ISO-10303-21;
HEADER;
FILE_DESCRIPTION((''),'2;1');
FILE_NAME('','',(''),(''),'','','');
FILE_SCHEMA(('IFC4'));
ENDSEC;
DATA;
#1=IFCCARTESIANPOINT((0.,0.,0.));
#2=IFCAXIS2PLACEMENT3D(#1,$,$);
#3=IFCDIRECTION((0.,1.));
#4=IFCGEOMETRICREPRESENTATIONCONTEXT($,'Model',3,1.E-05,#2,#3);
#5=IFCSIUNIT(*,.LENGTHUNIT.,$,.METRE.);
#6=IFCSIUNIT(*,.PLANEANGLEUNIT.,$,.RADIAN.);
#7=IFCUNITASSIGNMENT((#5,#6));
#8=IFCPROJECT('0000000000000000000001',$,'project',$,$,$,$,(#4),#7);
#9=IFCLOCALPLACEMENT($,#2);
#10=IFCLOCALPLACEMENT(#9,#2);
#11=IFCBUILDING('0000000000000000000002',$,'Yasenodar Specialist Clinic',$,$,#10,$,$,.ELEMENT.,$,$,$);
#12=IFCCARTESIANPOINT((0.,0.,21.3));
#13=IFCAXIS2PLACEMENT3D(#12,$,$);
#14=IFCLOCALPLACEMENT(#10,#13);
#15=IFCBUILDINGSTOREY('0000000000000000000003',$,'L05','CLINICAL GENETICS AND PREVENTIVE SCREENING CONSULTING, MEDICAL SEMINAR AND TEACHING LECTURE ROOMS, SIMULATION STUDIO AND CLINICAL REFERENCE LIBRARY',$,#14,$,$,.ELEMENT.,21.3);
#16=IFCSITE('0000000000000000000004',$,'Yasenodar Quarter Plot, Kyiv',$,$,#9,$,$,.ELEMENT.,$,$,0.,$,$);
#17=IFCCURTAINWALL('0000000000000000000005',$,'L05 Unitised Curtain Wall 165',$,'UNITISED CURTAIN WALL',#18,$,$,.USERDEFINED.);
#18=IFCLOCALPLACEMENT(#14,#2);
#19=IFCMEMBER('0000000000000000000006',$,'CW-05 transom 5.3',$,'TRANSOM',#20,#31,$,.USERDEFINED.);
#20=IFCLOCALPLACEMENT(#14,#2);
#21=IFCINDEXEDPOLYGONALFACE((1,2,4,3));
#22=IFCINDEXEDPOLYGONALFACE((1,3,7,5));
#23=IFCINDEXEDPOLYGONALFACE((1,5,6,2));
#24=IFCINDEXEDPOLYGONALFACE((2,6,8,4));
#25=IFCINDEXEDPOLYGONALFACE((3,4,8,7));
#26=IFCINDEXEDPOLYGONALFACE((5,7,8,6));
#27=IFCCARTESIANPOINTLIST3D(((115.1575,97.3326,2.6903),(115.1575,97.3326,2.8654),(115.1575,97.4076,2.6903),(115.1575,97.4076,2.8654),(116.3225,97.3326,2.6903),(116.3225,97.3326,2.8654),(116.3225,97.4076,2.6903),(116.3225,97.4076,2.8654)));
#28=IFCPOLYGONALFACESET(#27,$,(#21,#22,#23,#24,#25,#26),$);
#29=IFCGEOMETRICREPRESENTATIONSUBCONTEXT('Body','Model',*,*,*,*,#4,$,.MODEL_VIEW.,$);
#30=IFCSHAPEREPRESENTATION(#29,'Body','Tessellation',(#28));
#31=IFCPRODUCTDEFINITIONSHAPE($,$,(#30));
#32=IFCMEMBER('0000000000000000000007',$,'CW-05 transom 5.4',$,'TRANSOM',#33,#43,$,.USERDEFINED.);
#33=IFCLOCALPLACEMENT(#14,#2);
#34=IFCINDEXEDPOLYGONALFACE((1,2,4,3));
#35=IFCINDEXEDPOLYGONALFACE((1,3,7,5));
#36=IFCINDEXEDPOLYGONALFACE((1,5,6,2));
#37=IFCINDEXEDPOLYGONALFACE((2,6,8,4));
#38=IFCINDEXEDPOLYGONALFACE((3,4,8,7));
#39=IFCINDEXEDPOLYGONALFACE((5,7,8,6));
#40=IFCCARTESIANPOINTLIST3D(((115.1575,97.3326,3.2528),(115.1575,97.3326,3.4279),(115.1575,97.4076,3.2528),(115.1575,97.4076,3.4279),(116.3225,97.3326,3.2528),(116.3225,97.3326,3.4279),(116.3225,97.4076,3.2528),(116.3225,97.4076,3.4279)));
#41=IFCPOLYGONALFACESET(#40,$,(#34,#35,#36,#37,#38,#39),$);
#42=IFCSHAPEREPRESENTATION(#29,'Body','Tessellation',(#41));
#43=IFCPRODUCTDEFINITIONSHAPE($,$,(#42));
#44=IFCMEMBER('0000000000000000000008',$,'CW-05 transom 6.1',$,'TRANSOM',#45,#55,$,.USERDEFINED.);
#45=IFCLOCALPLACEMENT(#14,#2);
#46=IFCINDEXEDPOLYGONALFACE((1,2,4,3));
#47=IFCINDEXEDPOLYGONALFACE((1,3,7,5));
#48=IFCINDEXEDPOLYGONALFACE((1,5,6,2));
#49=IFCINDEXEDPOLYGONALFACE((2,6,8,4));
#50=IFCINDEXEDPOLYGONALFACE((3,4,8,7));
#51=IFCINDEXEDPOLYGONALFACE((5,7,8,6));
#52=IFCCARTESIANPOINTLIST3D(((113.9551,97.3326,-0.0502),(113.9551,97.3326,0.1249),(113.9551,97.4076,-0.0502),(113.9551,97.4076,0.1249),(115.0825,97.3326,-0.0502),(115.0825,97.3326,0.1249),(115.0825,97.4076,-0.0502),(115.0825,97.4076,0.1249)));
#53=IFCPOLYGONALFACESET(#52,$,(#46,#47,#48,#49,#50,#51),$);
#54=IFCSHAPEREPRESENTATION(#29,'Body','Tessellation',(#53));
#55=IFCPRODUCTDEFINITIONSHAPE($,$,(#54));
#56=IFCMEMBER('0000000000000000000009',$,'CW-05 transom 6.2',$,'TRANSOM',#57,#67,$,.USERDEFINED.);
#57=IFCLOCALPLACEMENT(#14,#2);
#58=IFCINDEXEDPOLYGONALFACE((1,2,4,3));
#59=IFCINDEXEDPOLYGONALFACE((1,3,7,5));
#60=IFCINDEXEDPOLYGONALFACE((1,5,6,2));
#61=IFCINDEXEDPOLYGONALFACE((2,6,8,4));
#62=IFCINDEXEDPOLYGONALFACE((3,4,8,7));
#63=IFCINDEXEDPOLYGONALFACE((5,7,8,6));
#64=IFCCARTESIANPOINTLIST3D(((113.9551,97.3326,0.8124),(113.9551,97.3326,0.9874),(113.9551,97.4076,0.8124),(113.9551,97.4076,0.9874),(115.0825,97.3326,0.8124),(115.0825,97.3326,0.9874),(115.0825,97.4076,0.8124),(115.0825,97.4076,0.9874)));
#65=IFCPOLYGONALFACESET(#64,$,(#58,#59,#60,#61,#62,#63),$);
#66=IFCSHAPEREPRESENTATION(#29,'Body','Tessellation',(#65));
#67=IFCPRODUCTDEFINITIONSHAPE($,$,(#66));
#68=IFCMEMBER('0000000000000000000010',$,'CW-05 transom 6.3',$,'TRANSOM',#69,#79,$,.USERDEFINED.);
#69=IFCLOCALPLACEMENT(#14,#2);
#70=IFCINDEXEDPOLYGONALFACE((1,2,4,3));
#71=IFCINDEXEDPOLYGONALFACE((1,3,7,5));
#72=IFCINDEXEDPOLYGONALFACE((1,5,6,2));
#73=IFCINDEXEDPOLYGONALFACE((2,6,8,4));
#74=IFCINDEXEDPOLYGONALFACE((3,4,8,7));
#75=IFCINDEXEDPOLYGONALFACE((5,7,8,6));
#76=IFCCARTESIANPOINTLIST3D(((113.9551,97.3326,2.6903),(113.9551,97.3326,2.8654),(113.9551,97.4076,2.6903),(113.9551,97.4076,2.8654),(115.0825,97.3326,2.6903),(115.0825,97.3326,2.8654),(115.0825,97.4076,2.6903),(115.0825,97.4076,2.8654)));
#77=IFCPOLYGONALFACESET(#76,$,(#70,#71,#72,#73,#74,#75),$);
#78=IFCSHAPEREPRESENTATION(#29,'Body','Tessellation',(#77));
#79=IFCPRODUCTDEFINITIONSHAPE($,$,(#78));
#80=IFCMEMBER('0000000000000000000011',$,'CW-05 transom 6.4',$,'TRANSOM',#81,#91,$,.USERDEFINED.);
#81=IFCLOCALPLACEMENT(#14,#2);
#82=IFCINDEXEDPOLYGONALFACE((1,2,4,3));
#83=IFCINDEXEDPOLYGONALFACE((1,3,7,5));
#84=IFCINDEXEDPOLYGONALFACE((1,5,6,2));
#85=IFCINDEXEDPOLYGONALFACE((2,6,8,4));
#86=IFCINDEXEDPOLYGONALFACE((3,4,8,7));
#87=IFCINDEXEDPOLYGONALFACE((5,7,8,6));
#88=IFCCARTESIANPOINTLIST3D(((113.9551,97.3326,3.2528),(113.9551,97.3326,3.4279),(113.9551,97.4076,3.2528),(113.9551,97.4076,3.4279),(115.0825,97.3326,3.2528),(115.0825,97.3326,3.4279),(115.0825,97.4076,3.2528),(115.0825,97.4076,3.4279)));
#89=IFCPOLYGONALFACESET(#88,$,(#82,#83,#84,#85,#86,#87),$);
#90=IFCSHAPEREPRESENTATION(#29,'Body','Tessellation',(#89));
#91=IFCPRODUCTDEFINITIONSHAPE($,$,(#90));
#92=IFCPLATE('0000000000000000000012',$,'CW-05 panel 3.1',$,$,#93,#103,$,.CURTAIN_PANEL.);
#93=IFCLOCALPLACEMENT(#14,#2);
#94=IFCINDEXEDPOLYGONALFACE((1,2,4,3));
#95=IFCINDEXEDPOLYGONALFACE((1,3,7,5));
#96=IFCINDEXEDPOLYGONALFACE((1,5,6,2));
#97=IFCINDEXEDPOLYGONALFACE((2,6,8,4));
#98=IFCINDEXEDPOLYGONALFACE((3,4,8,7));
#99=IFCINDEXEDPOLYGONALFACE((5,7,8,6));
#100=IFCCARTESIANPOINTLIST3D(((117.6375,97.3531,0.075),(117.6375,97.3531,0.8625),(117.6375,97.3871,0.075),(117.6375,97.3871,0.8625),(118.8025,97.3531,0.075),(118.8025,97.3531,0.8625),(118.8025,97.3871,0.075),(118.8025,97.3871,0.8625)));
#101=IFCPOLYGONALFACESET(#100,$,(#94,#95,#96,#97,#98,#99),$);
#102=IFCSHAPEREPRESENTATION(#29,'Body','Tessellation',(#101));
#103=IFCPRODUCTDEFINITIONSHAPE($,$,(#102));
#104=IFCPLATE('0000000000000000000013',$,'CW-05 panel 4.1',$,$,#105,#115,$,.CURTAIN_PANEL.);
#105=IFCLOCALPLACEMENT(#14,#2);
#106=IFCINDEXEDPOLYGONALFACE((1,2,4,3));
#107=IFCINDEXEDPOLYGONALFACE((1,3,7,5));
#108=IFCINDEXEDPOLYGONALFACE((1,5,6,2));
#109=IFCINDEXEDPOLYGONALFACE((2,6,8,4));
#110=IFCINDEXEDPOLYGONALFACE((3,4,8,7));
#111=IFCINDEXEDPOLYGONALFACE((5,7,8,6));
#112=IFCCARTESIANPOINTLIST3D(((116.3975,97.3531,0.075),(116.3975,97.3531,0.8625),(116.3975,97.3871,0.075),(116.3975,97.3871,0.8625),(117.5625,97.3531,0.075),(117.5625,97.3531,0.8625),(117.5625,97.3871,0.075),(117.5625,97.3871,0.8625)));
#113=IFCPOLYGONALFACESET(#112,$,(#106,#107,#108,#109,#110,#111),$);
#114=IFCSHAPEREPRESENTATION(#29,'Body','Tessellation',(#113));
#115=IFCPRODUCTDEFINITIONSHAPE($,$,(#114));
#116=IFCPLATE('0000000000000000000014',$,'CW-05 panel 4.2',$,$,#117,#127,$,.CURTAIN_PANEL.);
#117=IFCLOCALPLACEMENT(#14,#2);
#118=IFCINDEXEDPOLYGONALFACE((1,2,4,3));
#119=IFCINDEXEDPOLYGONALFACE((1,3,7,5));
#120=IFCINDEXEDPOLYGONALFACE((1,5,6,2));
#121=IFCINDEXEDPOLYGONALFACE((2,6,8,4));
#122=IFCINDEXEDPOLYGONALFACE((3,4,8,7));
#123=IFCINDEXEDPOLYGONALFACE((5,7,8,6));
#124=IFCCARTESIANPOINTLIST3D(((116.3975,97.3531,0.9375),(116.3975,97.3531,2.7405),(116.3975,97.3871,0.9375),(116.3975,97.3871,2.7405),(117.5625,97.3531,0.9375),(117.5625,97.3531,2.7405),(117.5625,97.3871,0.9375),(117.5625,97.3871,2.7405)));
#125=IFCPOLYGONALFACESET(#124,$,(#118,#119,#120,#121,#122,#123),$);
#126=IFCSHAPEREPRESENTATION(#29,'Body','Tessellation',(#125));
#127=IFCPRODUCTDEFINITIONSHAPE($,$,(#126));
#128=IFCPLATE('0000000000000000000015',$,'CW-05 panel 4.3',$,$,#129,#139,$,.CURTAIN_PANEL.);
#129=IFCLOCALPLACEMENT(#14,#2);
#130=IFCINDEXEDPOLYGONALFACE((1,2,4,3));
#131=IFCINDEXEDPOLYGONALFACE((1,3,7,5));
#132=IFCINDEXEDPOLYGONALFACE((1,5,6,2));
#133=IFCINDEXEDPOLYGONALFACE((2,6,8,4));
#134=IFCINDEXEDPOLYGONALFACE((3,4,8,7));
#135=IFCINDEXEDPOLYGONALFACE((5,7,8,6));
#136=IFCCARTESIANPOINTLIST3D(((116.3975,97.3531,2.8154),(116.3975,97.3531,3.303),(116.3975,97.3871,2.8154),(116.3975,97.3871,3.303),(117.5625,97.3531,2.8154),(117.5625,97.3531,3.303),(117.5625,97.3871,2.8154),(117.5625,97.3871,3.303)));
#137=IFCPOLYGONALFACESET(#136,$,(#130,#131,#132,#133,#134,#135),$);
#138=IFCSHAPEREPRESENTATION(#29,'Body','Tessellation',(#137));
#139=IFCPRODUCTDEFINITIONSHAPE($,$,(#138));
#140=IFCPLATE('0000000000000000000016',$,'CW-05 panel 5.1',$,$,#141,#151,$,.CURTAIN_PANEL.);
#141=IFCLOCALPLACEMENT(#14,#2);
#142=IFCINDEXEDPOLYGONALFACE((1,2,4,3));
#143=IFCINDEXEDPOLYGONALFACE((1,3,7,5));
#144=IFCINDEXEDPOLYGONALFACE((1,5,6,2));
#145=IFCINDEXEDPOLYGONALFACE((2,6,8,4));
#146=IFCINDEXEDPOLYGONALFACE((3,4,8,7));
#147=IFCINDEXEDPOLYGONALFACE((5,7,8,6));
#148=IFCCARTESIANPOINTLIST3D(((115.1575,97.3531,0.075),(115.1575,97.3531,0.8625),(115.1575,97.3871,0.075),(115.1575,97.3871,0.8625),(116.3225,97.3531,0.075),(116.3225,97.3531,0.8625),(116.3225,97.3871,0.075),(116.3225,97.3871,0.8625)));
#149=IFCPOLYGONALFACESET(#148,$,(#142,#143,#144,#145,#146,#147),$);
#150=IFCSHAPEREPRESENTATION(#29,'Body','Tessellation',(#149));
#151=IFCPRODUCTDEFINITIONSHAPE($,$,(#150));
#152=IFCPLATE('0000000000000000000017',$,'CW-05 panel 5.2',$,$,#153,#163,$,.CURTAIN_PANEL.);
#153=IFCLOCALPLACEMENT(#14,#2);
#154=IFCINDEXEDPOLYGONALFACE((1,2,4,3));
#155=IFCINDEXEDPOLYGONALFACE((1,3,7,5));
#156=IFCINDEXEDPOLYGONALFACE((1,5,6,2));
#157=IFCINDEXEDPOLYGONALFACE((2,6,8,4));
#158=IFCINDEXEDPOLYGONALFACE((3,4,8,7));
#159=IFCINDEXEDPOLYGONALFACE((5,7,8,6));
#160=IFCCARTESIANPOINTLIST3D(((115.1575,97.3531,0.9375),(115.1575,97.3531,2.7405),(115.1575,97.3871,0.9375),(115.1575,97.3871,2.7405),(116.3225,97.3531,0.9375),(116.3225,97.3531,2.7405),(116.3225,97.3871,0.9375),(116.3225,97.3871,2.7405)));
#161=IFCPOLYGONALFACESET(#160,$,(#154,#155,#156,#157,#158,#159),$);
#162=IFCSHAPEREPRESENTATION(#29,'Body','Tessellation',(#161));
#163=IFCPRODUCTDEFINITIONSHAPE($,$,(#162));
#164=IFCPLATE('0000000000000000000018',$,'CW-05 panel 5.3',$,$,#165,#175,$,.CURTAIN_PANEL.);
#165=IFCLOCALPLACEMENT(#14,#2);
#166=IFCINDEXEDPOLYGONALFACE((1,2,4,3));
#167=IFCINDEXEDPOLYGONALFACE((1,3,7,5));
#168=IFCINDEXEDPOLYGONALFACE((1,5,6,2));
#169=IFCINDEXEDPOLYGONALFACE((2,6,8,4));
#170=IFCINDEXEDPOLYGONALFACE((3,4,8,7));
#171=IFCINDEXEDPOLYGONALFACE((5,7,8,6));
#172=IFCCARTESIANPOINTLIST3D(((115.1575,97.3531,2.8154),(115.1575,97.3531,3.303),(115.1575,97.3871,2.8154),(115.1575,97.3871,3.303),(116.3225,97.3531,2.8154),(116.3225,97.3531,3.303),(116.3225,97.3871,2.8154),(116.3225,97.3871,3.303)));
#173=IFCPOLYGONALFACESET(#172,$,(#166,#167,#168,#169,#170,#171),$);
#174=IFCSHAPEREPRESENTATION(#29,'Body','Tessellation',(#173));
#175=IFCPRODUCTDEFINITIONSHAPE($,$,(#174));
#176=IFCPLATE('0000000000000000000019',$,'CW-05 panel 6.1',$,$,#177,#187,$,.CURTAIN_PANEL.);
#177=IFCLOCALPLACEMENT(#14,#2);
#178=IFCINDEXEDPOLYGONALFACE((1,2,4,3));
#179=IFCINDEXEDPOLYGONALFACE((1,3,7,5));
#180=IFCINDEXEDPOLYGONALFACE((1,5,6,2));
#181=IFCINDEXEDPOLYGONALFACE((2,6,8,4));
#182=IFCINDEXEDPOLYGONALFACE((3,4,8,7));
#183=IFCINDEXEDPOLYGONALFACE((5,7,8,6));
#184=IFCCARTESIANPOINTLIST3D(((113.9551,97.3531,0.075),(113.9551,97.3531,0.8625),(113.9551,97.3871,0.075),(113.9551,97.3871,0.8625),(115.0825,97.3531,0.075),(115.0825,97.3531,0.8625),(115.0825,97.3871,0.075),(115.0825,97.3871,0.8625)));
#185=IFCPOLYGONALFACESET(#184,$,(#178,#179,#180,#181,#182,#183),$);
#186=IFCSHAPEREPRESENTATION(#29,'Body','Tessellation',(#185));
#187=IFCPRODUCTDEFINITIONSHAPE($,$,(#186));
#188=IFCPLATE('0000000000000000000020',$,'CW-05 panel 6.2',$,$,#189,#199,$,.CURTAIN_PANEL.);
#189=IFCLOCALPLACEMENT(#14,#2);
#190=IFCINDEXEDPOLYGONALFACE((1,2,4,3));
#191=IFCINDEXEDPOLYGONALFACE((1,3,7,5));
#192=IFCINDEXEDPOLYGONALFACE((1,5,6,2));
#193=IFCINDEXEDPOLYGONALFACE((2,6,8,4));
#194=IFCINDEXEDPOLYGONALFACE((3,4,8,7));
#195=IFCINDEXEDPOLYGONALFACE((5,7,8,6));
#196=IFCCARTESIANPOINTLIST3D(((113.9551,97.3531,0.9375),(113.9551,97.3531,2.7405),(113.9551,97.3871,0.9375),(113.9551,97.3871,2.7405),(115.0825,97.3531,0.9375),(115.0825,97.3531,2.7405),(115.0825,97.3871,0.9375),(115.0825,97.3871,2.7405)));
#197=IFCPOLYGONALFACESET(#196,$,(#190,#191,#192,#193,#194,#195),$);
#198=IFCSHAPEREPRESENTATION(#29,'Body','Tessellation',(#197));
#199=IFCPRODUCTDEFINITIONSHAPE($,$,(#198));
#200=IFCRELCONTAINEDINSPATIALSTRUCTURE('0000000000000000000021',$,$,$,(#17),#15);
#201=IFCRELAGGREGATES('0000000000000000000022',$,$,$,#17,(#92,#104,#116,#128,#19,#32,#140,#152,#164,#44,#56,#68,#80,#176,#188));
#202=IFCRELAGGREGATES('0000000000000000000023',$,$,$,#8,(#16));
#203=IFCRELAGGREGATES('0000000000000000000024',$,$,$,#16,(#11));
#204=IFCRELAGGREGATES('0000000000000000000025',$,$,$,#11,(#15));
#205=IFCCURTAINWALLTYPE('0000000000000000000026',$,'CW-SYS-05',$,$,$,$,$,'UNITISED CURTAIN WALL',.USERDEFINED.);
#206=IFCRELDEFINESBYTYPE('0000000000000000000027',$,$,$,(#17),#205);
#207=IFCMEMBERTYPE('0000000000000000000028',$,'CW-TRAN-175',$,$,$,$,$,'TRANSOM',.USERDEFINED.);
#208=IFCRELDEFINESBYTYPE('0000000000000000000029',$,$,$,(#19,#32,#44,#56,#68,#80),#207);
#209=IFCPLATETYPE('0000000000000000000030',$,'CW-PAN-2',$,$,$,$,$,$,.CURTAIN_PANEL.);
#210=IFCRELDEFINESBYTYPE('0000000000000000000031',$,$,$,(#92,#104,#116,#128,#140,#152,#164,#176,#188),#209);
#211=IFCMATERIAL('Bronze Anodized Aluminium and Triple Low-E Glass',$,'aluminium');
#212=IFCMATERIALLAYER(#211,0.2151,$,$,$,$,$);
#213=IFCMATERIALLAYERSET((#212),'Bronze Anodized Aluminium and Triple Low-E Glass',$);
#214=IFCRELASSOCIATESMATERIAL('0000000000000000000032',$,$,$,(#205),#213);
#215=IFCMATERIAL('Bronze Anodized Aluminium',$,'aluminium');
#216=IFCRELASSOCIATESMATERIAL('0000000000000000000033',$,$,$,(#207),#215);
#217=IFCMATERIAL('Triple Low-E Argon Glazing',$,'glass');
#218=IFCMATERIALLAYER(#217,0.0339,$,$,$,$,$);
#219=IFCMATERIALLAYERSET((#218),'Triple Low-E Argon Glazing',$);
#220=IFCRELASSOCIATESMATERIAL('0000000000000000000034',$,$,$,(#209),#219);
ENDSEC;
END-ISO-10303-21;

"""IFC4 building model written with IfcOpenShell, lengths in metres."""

from ifc_helpers import new_model, si_unit, direction, frame, origin, origin_2d, place, context, subcontext, project, spatial, rectangle, extrude, material, layer, layer_set, material_profile, profile_set, type_object, element, aggregate, save


model = new_model("IFC4")

# Units and contexts
model_context = context("Model", 3, precision=1e-05, world=origin(), true_north=direction((0.0, 1.0)))
body_context = subcontext(model_context, "Body", "Model", "MODEL_VIEW")
ifc_project = project(units=[si_unit("LENGTHUNIT", "METRE"), si_unit("PLANEANGLEUNIT", "RADIAN")], contexts=[model_context])

# Site, building, storey
site_placement = place(None, origin())
site = spatial("IfcSite", under=ifc_project, at=site_placement, Name="Yasenodar Quarter Plot, Kyiv", CompositionType="ELEMENT", RefElevation=0.0)
building_placement = place(site_placement, origin())
building = spatial("IfcBuilding", under=site, at=building_placement, Name="Yasenodar Specialist Clinic", CompositionType="ELEMENT")
storey_placement = place(building_placement, frame((0.0, 0.0, 21.3)))
storey = spatial("IfcBuildingStorey", under=building, at=storey_placement, Name="L05", Description="CLINICAL GENETICS AND PREVENTIVE SCREENING CONSULTING, MEDICAL SEMINAR AND TEACHING LECTURE ROOMS, SIMULATION STUDIO AND CLINICAL REFERENCE LIBRARY", CompositionType="ELEMENT", Elevation=21.3)

# Shared definitions
ifc_material_1 = material(Name="Bronze Anodized Aluminium and Triple Low-E Glass", Category="aluminium")
ifc_layer_1 = layer(ifc_material_1, 0.2151)
ifc_layer_set_1 = layer_set([ifc_layer_1], Name="Bronze Anodized Aluminium and Triple Low-E Glass")
curtain_wall_type = type_object("IfcCurtainWallType", Name="CW-SYS-05", ElementType="UNITISED CURTAIN WALL", PredefinedType="USERDEFINED", material=ifc_layer_set_1)
ifc_material_2 = material(Name="Bronze Anodized Aluminium", Category="aluminium")

# Curtain wall
curtain_wall_1_placement = place(storey_placement, origin())
curtain_wall_1 = element("IfcCurtainWall", 1, at=curtain_wall_1_placement, inside=storey, type_object=curtain_wall_type, Name="L05 Unitised Curtain Wall 165", ObjectType="UNITISED CURTAIN WALL", PredefinedType="USERDEFINED")

# Members
ifc_material_profile_1 = material_profile(ifc_material_2, rectangle(XDim=0.075, YDim=0.175, at=origin_2d()), Name="CW-TRAN 75x175")
ifc_profile_set_1 = profile_set([ifc_material_profile_1], Name="Bronze Anodized Aluminium")
member_type_1 = type_object("IfcMemberType", Name="CW-TRAN-175", ElementType="TRANSOM", PredefinedType="USERDEFINED", material=ifc_profile_set_1)
member_1_placement = place(storey_placement, frame((116.3225, 97.3701, 2.7778), z_axis=(-1.0, 0.0, 0.0), x_axis=(0.0, -1.0, 0.0)))
member_1 = element("IfcMember", 2, at=member_1_placement, type_object=member_type_1, Name="CW-05 transom 5.3", ObjectType="TRANSOM", PredefinedType="USERDEFINED", context=body_context, shape_type="SweptSolid", body=[
    extrude(rectangle(XDim=0.075, YDim=0.175, at=origin_2d()), origin(), (0.0, 0.0, 1.0), 1.165),
])
member_2_placement = place(storey_placement, frame((116.3225, 97.3701, 3.3403), z_axis=(-1.0, 0.0, 0.0), x_axis=(0.0, -1.0, 0.0)))
member_2 = element("IfcMember", 3, at=member_2_placement, type_object=member_type_1, Name="CW-05 transom 5.4", ObjectType="TRANSOM", PredefinedType="USERDEFINED", context=body_context, shape_type="SweptSolid", body=[
    extrude(rectangle(XDim=0.075, YDim=0.175, at=origin_2d()), origin(), (0.0, 0.0, 1.0), 1.165),
])
member_3_placement = place(storey_placement, frame((115.0825, 97.3701, 0.0374), z_axis=(-1.0, 0.0, 0.0), x_axis=(0.0, -1.0, 0.0)))
member_3 = element("IfcMember", 4, at=member_3_placement, type_object=member_type_1, Name="CW-05 transom 6.1", ObjectType="TRANSOM", PredefinedType="USERDEFINED", context=body_context, shape_type="SweptSolid", body=[
    extrude(rectangle(XDim=0.075, YDim=0.175, at=origin_2d()), origin(), (0.0, 0.0, 1.0), 1.1274),
])
member_4_placement = place(storey_placement, frame((115.0825, 97.3701, 0.8999), z_axis=(-1.0, 0.0, 0.0), x_axis=(0.0, -1.0, 0.0)))
member_4 = element("IfcMember", 5, at=member_4_placement, type_object=member_type_1, Name="CW-05 transom 6.2", ObjectType="TRANSOM", PredefinedType="USERDEFINED", context=body_context, shape_type="SweptSolid", body=[
    extrude(rectangle(XDim=0.075, YDim=0.175, at=origin_2d()), origin(), (0.0, 0.0, 1.0), 1.1274),
])
member_5_placement = place(storey_placement, frame((115.0825, 97.3701, 2.7778), z_axis=(-1.0, 0.0, 0.0), x_axis=(0.0, -1.0, 0.0)))
member_5 = element("IfcMember", 6, at=member_5_placement, type_object=member_type_1, Name="CW-05 transom 6.3", ObjectType="TRANSOM", PredefinedType="USERDEFINED", context=body_context, shape_type="SweptSolid", body=[
    extrude(rectangle(XDim=0.075, YDim=0.175, at=origin_2d()), origin(), (0.0, 0.0, 1.0), 1.1274),
])
member_6_placement = place(storey_placement, frame((115.0825, 97.3701, 3.3403), z_axis=(-1.0, 0.0, 0.0), x_axis=(0.0, -1.0, 0.0)))
member_6 = element("IfcMember", 7, at=member_6_placement, type_object=member_type_1, Name="CW-05 transom 6.4", ObjectType="TRANSOM", PredefinedType="USERDEFINED", context=body_context, shape_type="SweptSolid", body=[
    extrude(rectangle(XDim=0.075, YDim=0.175, at=origin_2d()), origin(), (0.0, 0.0, 1.0), 1.1274),
])

# Plates
ifc_material_3 = material(Name="Triple Low-E Argon Glazing", Category="glass")
ifc_layer_2 = layer(ifc_material_3, 0.0339)
ifc_layer_set_2 = layer_set([ifc_layer_2], Name="Triple Low-E Argon Glazing")
plate_type = type_object("IfcPlateType", Name="CW-PAN-2", PredefinedType="CURTAIN_PANEL", material=ifc_layer_set_2)
plate_1_placement = place(storey_placement, frame((118.22, 97.3701, 0.075), z_axis=(0.0, 0.0, 1.0), x_axis=(-1.0, 0.0, 0.0)))
plate_1 = element("IfcPlate", 8, at=plate_1_placement, type_object=plate_type, Name="CW-05 panel 3.1", PredefinedType="CURTAIN_PANEL", context=body_context, shape_type="SweptSolid", body=[
    extrude(rectangle(XDim=1.165, YDim=0.0339, at=origin_2d()), origin(), (0.0, 0.0, 1.0), 0.7876),
])
plate_2_placement = place(storey_placement, frame((116.98, 97.3701, 0.075), z_axis=(0.0, 0.0, 1.0), x_axis=(-1.0, 0.0, 0.0)))
plate_2 = element("IfcPlate", 9, at=plate_2_placement, type_object=plate_type, Name="CW-05 panel 4.1", PredefinedType="CURTAIN_PANEL", context=body_context, shape_type="SweptSolid", body=[
    extrude(rectangle(XDim=1.165, YDim=0.0339, at=origin_2d()), origin(), (0.0, 0.0, 1.0), 0.7876),
])
plate_3_placement = place(storey_placement, frame((116.98, 97.3701, 0.9375), z_axis=(0.0, 0.0, 1.0), x_axis=(-1.0, 0.0, 0.0)))
plate_3 = element("IfcPlate", 10, at=plate_3_placement, type_object=plate_type, Name="CW-05 panel 4.2", PredefinedType="CURTAIN_PANEL", context=body_context, shape_type="SweptSolid", body=[
    extrude(rectangle(XDim=1.165, YDim=0.0339, at=origin_2d()), origin(), (0.0, 0.0, 1.0), 1.803),
])
plate_4_placement = place(storey_placement, frame((116.98, 97.3701, 2.8154), z_axis=(0.0, 0.0, 1.0), x_axis=(-1.0, 0.0, 0.0)))
plate_4 = element("IfcPlate", 11, at=plate_4_placement, type_object=plate_type, Name="CW-05 panel 4.3", PredefinedType="CURTAIN_PANEL", context=body_context, shape_type="SweptSolid", body=[
    extrude(rectangle(XDim=1.165, YDim=0.0339, at=origin_2d()), origin(), (0.0, 0.0, 1.0), 0.4875),
])
plate_5_placement = place(storey_placement, frame((115.74, 97.3701, 0.075), z_axis=(0.0, 0.0, 1.0), x_axis=(-1.0, 0.0, 0.0)))
plate_5 = element("IfcPlate", 12, at=plate_5_placement, type_object=plate_type, Name="CW-05 panel 5.1", PredefinedType="CURTAIN_PANEL", context=body_context, shape_type="SweptSolid", body=[
    extrude(rectangle(XDim=1.165, YDim=0.0339, at=origin_2d()), origin(), (0.0, 0.0, 1.0), 0.7876),
])
plate_6_placement = place(storey_placement, frame((115.74, 97.3701, 0.9375), z_axis=(0.0, 0.0, 1.0), x_axis=(-1.0, 0.0, 0.0)))
plate_6 = element("IfcPlate", 13, at=plate_6_placement, type_object=plate_type, Name="CW-05 panel 5.2", PredefinedType="CURTAIN_PANEL", context=body_context, shape_type="SweptSolid", body=[
    extrude(rectangle(XDim=1.165, YDim=0.0339, at=origin_2d()), origin(), (0.0, 0.0, 1.0), 1.803),
])
plate_7_placement = place(storey_placement, frame((115.74, 97.3701, 2.8154), z_axis=(0.0, 0.0, 1.0), x_axis=(-1.0, 0.0, 0.0)))
plate_7 = element("IfcPlate", 14, at=plate_7_placement, type_object=plate_type, Name="CW-05 panel 5.3", PredefinedType="CURTAIN_PANEL", context=body_context, shape_type="SweptSolid", body=[
    extrude(rectangle(XDim=1.165, YDim=0.0339, at=origin_2d()), origin(), (0.0, 0.0, 1.0), 0.4875),
])
plate_8_placement = place(storey_placement, frame((114.5188, 97.3701, 0.075), z_axis=(0.0, 0.0, 1.0), x_axis=(-1.0, 0.0, 0.0)))
plate_8 = element("IfcPlate", 15, at=plate_8_placement, type_object=plate_type, Name="CW-05 panel 6.1", PredefinedType="CURTAIN_PANEL", context=body_context, shape_type="SweptSolid", body=[
    extrude(rectangle(XDim=1.1274, YDim=0.0339, at=origin_2d()), origin(), (0.0, 0.0, 1.0), 0.7876),
])
plate_9_placement = place(storey_placement, frame((114.5188, 97.3701, 0.9375), z_axis=(0.0, 0.0, 1.0), x_axis=(-1.0, 0.0, 0.0)))
plate_9 = element("IfcPlate", 16, at=plate_9_placement, type_object=plate_type, Name="CW-05 panel 6.2", PredefinedType="CURTAIN_PANEL", context=body_context, shape_type="SweptSolid", body=[
    extrude(rectangle(XDim=1.1274, YDim=0.0339, at=origin_2d()), origin(), (0.0, 0.0, 1.0), 1.803),
])
aggregate(curtain_wall_1, [plate_1, plate_2, plate_3, plate_4, member_1, member_2, plate_5, plate_6, plate_7, member_3, member_4, member_5, member_6, plate_8, plate_9])

save(model, "model.ifc")
